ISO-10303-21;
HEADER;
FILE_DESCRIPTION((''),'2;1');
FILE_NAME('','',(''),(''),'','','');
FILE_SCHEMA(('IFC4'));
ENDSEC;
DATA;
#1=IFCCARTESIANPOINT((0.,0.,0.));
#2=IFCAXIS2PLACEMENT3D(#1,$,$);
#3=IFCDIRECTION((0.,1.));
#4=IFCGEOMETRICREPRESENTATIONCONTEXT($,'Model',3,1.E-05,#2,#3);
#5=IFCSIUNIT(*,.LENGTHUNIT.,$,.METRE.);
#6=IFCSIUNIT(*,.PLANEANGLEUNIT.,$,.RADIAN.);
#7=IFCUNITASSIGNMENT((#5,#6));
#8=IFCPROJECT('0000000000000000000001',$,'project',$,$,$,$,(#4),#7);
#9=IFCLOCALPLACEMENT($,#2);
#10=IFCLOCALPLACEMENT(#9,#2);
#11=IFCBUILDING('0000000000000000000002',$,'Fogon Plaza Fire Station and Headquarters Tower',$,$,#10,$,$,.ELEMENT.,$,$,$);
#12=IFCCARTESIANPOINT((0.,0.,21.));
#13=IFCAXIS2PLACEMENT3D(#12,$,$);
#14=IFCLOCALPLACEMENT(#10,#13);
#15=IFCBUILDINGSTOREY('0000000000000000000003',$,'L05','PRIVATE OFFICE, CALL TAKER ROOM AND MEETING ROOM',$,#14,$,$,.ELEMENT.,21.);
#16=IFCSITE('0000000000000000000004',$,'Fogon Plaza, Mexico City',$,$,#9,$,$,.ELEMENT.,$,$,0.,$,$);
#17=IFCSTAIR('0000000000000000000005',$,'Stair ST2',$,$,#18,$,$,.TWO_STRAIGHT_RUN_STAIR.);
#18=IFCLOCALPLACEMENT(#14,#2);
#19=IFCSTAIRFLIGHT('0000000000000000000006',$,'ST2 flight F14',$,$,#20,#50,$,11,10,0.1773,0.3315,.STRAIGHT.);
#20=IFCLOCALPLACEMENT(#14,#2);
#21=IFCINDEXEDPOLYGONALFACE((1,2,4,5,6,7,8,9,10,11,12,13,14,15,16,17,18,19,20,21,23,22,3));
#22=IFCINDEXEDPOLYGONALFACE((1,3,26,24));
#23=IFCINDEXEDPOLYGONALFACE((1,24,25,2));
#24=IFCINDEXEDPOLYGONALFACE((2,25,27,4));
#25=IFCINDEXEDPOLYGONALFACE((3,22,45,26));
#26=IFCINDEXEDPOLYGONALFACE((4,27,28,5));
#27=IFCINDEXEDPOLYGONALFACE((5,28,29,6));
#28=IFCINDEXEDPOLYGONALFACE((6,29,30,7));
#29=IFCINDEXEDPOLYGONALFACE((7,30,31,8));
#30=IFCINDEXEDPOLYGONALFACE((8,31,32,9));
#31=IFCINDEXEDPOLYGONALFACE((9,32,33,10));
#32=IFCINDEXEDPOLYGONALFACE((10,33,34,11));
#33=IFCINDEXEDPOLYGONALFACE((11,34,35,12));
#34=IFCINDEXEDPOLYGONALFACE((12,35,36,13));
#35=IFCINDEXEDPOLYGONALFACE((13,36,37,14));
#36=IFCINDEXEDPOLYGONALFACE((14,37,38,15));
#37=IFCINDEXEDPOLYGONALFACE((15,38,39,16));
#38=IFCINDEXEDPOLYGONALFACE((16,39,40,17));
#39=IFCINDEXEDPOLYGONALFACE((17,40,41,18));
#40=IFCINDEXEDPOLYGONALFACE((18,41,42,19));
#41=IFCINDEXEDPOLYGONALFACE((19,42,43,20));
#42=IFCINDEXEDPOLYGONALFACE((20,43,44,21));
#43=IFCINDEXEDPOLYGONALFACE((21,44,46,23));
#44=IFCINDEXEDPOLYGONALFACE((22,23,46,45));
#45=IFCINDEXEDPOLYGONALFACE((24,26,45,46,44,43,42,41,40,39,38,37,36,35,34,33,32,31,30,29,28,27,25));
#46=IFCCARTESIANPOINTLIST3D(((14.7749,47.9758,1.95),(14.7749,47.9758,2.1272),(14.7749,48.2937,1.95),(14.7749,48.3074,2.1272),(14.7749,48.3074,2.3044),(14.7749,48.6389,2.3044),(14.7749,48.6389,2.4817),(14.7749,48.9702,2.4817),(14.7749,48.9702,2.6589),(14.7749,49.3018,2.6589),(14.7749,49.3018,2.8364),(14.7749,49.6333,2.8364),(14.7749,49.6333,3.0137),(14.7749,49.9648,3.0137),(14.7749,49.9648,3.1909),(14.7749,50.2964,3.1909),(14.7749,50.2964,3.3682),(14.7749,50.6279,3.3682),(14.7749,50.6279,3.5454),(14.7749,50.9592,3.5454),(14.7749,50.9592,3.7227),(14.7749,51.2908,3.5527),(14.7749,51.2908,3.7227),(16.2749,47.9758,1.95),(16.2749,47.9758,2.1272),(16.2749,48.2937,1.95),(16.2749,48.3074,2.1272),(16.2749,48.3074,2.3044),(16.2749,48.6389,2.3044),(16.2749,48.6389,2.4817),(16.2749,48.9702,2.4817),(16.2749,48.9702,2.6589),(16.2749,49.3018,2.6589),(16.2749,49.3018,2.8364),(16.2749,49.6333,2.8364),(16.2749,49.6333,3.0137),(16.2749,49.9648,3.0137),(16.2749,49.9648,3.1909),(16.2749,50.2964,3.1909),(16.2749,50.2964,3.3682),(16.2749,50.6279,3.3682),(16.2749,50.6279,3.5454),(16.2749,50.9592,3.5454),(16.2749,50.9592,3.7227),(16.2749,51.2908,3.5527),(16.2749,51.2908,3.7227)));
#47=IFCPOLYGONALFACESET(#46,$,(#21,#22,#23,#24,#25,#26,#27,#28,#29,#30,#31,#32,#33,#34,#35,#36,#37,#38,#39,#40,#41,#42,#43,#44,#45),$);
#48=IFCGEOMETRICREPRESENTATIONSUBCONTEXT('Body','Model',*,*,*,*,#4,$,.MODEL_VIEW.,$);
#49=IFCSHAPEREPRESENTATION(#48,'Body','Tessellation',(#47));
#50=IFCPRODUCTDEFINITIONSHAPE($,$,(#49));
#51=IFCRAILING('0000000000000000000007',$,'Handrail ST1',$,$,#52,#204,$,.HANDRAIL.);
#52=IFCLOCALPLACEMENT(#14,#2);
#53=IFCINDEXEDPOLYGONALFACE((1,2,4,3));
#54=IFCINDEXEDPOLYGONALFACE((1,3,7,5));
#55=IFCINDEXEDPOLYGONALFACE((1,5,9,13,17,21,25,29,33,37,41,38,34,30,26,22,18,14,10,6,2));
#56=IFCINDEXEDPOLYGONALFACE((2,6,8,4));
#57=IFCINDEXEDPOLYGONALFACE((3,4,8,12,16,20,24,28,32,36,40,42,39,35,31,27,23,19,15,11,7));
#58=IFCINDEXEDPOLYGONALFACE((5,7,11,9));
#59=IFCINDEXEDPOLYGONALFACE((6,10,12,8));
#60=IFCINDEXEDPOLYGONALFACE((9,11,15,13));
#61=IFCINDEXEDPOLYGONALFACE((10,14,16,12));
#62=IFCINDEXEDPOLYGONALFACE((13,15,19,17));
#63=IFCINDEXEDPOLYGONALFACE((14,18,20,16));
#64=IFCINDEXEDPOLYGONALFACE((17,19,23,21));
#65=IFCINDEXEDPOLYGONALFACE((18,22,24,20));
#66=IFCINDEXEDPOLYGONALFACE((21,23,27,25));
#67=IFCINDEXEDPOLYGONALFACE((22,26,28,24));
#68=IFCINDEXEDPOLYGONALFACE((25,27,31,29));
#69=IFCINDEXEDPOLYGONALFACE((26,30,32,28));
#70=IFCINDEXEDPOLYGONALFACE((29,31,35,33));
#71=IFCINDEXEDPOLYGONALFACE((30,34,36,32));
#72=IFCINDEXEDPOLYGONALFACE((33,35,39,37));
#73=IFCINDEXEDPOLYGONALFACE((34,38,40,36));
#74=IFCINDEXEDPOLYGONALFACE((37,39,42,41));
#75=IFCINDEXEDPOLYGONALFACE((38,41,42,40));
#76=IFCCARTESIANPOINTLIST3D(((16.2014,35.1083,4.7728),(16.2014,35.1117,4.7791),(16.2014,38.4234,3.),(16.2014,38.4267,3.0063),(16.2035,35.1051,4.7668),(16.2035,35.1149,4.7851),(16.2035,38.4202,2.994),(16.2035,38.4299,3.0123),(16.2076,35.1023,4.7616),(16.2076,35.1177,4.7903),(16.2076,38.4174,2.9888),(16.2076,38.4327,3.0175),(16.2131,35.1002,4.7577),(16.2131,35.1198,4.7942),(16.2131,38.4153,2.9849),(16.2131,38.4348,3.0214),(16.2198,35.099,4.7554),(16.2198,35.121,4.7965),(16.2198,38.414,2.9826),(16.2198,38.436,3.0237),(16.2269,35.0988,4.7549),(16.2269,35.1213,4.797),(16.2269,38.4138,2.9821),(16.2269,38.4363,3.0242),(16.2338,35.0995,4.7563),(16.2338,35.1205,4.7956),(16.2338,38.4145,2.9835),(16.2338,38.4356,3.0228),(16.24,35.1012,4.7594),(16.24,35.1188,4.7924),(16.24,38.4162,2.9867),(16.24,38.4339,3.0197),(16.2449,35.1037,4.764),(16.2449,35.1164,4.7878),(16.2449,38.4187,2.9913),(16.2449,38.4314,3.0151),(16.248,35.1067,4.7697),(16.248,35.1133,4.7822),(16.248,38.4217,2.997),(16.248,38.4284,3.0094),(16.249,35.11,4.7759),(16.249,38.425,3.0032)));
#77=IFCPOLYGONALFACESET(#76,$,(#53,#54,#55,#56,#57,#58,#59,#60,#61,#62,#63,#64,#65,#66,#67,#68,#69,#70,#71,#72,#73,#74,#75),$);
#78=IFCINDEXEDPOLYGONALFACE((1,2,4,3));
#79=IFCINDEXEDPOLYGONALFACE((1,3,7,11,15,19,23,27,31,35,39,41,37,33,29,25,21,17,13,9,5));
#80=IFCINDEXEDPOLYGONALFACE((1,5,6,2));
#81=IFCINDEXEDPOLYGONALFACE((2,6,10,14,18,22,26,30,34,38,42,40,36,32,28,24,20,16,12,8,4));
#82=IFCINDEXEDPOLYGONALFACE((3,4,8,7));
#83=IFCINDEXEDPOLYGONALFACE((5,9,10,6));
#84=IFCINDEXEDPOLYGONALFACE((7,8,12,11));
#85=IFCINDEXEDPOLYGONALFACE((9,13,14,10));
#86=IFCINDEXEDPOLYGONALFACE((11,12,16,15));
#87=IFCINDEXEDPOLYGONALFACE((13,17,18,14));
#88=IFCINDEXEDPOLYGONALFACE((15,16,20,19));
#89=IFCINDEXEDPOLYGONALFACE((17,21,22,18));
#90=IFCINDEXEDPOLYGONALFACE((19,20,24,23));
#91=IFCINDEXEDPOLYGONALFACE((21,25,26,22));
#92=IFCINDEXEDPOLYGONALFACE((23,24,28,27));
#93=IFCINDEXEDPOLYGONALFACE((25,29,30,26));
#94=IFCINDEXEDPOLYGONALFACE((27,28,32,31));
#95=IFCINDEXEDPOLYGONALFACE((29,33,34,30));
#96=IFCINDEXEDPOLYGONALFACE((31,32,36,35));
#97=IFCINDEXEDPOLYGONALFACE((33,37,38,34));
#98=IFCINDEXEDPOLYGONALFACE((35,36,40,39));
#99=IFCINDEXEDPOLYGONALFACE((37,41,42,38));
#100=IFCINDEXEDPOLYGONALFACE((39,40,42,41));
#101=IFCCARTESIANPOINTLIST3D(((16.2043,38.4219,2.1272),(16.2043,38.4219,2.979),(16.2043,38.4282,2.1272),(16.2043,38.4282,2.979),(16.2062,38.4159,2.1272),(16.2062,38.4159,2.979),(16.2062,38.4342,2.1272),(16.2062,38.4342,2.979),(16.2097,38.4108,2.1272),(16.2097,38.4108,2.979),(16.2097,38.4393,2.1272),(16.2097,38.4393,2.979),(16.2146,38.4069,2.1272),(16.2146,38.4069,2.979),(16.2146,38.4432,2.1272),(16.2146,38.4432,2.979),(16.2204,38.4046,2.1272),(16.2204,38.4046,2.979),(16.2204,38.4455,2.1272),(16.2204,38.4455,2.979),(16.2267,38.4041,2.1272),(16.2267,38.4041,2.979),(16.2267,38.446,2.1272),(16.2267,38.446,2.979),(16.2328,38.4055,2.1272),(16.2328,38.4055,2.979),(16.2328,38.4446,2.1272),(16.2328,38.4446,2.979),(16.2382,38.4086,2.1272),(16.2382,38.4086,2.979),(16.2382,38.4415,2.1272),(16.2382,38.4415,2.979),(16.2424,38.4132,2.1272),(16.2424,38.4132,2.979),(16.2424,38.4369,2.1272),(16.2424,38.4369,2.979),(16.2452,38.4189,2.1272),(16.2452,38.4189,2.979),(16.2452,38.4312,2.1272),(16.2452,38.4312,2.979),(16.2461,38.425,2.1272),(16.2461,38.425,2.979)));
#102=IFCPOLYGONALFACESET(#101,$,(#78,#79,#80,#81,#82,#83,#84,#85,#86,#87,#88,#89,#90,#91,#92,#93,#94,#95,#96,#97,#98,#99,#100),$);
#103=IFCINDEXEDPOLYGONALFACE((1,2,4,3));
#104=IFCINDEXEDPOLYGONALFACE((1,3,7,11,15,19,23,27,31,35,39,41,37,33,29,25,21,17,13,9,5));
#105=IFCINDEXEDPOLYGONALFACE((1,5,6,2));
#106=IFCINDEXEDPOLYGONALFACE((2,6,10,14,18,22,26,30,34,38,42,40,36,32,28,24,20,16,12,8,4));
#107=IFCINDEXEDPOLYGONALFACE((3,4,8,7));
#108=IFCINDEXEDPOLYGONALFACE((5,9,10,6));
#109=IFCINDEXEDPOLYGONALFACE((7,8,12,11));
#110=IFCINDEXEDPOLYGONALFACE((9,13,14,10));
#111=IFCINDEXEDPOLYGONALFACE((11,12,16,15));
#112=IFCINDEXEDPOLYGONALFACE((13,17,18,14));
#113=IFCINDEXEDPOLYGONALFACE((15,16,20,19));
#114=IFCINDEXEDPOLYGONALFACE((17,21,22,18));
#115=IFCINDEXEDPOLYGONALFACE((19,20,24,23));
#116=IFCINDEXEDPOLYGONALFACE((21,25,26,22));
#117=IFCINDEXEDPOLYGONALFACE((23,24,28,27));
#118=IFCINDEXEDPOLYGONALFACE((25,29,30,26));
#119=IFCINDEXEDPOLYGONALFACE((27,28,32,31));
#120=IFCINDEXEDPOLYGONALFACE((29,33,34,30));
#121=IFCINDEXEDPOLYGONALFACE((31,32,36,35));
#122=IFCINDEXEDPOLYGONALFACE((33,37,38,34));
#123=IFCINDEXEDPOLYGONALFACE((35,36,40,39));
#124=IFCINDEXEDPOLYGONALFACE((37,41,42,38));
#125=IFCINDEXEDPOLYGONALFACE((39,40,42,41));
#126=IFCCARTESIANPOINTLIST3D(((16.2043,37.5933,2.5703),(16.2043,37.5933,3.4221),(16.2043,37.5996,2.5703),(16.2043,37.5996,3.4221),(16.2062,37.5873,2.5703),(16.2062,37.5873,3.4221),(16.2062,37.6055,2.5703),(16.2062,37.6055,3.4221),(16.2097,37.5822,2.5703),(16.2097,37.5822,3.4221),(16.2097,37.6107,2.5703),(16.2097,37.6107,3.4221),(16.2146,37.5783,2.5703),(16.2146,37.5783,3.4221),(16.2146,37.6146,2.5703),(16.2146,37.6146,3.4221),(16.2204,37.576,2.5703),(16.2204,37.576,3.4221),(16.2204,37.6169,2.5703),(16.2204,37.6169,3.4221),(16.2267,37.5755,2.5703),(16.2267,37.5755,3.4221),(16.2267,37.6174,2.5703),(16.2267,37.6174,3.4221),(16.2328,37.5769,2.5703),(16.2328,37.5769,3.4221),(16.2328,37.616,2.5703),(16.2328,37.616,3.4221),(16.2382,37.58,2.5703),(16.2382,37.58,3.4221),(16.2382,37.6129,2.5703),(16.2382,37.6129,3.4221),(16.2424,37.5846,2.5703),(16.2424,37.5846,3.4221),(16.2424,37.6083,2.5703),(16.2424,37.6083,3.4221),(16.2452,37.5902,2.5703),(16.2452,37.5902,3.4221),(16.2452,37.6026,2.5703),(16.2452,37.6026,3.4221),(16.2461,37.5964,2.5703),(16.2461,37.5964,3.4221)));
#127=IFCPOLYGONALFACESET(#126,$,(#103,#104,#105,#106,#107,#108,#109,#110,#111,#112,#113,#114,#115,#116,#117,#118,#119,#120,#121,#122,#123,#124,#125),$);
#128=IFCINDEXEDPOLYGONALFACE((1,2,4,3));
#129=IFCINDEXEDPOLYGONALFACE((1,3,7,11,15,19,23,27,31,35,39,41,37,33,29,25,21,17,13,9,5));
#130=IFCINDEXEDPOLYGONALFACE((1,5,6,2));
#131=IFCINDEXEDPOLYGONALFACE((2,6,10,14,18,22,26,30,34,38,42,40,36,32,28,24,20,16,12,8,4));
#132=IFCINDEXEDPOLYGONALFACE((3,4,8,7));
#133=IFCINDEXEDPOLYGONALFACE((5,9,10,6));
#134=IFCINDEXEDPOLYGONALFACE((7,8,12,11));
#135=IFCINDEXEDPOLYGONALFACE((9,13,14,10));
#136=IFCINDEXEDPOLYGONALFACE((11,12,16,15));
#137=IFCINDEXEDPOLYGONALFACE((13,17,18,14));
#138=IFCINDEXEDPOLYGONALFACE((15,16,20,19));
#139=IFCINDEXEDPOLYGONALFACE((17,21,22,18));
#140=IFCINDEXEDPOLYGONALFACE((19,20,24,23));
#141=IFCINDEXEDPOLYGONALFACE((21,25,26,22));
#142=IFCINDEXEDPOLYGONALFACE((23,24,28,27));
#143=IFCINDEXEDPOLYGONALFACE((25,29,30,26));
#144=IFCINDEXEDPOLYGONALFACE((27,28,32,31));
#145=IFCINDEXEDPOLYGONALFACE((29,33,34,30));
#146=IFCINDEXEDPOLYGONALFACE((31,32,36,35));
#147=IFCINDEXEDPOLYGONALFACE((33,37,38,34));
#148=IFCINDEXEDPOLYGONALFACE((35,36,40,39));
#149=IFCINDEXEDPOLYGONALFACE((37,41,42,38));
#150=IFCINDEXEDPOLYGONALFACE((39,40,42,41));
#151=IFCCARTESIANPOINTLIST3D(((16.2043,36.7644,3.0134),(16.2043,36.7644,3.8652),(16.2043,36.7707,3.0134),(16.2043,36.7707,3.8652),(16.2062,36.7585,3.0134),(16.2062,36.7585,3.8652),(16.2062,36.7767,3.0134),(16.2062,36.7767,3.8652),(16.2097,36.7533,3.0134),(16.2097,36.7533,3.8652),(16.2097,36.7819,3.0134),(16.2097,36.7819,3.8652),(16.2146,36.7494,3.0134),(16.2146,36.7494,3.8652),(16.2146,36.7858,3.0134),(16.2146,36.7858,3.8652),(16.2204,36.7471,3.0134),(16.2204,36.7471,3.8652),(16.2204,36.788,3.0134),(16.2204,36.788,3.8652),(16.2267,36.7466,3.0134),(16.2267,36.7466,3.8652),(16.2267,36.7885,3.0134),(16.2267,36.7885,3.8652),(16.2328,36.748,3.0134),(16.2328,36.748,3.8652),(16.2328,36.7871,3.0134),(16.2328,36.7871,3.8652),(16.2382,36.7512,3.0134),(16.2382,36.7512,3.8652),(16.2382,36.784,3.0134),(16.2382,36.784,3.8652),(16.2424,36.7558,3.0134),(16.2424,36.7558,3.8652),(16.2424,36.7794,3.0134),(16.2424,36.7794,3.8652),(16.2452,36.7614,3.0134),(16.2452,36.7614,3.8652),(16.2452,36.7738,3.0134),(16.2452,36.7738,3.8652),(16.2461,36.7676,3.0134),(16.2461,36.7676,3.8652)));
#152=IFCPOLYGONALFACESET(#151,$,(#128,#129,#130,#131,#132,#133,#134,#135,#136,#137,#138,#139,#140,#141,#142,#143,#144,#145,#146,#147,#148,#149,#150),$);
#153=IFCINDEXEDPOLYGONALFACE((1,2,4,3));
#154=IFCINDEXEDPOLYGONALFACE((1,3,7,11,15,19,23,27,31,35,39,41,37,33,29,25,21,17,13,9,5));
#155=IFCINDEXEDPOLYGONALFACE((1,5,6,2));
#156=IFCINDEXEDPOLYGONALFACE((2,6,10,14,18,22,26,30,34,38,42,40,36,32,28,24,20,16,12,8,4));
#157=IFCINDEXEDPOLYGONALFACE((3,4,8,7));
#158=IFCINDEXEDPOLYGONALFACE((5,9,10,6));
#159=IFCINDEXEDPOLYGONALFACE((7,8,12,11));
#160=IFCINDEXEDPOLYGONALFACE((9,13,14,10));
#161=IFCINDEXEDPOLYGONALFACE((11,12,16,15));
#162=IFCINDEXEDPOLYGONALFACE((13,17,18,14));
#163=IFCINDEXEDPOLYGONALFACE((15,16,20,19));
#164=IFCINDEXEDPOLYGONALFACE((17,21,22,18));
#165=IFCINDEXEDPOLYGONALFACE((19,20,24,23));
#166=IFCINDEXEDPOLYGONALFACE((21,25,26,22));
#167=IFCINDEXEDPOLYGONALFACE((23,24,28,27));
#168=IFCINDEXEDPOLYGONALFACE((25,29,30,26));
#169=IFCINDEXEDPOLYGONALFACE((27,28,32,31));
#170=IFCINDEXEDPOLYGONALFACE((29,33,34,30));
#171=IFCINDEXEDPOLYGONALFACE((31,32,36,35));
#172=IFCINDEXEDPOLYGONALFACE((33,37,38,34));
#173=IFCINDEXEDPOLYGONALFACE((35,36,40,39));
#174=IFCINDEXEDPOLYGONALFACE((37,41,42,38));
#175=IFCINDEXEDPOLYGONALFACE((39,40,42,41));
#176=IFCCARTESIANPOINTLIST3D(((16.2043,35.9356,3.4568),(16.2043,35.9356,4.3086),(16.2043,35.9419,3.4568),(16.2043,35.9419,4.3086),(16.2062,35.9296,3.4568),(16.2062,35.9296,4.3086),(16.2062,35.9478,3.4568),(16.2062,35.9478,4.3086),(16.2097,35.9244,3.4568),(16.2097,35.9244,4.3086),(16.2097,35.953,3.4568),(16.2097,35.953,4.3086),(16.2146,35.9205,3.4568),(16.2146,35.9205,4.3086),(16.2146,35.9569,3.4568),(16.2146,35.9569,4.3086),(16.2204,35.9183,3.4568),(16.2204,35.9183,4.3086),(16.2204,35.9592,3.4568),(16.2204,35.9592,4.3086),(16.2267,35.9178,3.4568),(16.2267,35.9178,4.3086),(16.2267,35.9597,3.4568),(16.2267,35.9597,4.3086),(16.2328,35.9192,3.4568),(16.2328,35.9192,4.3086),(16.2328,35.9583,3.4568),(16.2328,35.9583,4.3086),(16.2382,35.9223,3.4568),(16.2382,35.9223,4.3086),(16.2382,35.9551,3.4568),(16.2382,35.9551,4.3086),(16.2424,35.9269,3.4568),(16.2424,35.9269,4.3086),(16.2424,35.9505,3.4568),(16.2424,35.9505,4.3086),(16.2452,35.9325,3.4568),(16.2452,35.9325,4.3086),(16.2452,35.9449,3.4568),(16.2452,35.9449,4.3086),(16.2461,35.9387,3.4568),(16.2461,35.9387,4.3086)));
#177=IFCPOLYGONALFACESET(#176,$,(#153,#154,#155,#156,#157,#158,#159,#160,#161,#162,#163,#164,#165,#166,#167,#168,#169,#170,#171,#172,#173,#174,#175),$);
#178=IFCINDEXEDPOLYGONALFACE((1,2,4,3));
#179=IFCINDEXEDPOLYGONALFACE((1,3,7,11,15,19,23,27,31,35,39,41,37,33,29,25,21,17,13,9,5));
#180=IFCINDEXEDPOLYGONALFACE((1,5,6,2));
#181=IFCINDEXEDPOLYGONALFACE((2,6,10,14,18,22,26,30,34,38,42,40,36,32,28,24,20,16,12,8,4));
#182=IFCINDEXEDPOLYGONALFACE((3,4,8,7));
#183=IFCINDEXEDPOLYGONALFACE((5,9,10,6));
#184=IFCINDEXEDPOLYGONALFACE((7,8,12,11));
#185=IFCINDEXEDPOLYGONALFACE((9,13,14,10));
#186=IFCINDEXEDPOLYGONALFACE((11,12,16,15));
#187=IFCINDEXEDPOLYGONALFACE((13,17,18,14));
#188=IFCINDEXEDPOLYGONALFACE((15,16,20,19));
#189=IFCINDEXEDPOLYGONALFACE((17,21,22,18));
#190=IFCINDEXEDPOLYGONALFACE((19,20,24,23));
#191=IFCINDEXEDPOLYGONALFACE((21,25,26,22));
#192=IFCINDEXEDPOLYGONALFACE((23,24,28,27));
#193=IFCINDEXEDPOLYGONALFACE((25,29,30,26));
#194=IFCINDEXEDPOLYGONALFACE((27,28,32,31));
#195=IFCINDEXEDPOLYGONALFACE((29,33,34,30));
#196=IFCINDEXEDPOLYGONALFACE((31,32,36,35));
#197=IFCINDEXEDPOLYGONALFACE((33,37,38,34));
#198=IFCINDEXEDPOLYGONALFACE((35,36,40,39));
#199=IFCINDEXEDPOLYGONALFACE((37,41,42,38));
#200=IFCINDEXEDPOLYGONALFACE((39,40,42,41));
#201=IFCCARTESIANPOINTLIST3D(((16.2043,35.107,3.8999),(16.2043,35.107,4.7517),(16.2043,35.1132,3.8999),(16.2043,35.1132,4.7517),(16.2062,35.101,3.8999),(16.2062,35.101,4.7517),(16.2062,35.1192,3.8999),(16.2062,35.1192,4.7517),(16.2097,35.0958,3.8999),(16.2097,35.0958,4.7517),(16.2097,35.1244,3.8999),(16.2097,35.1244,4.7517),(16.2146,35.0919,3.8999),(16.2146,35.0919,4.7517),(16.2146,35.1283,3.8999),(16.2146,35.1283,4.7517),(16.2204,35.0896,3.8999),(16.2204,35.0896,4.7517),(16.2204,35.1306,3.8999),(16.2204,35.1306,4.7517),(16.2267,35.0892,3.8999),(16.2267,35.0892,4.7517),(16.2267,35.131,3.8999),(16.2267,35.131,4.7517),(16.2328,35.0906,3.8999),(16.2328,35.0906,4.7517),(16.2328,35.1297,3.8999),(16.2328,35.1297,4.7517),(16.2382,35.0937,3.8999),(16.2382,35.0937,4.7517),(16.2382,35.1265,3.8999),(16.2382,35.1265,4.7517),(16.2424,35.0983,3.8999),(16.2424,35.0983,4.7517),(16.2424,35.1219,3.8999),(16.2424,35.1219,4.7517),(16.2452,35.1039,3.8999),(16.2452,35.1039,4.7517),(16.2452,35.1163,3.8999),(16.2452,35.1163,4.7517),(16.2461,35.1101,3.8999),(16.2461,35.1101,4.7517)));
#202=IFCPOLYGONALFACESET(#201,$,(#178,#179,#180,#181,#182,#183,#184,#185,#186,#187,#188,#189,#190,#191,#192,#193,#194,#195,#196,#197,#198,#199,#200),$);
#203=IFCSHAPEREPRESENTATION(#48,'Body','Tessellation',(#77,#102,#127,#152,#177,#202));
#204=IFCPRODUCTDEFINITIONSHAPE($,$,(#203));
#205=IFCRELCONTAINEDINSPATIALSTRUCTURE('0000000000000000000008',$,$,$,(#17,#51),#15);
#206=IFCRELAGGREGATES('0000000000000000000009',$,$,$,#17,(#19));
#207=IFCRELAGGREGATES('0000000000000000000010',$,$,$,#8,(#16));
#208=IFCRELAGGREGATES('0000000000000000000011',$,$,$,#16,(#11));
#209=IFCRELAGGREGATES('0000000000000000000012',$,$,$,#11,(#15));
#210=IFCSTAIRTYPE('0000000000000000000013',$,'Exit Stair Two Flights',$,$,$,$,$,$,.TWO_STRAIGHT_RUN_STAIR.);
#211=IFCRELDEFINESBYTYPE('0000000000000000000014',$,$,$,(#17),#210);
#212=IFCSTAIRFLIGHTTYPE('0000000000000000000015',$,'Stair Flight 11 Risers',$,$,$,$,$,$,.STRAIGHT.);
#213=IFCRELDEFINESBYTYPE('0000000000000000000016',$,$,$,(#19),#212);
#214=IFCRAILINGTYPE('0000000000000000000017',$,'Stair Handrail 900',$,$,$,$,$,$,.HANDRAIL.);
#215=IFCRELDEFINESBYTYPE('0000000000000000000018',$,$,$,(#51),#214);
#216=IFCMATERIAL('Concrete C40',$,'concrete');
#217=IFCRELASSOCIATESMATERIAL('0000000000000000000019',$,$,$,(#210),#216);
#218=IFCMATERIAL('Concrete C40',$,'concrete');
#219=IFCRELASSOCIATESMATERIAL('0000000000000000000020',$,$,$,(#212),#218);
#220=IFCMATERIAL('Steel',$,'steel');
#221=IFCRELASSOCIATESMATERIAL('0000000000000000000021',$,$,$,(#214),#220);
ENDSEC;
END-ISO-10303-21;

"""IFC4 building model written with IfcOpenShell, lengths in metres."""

from ifc_helpers import new_model, si_unit, direction, frame, origin, origin_2d, place, context, subcontext, project, spatial, polyline, circle, outline, extrude, material, type_object, element, aggregate, save


model = new_model("IFC4")

# Units and contexts
model_context = context("Model", 3, precision=1e-05, world=origin(), true_north=direction((0.0, 1.0)))
body_context = subcontext(model_context, "Body", "Model", "MODEL_VIEW")
ifc_project = project(units=[si_unit("LENGTHUNIT", "METRE"), si_unit("PLANEANGLEUNIT", "RADIAN")], contexts=[model_context])

# Site, building, storey
site_placement = place(None, origin())
site = spatial("IfcSite", under=ifc_project, at=site_placement, Name="Fogon Plaza, Mexico City", CompositionType="ELEMENT", RefElevation=0.0)
building_placement = place(site_placement, origin())
building = spatial("IfcBuilding", under=site, at=building_placement, Name="Fogon Plaza Fire Station and Headquarters Tower", CompositionType="ELEMENT")
storey_placement = place(building_placement, frame((0.0, 0.0, 21.0)))
storey = spatial("IfcBuildingStorey", under=building, at=storey_placement, Name="L05", Description="PRIVATE OFFICE, CALL TAKER ROOM AND MEETING ROOM", CompositionType="ELEMENT", Elevation=21.0)

# Stair, stair flight
ifc_material_1 = material(Name="Concrete C40", Category="concrete")
stair_type = type_object("IfcStairType", Name="Exit Stair Two Flights", PredefinedType="TWO_STRAIGHT_RUN_STAIR", material=ifc_material_1)
ifc_material_2 = material(Name="Concrete C40", Category="concrete")
stair_flight_type = type_object("IfcStairFlightType", Name="Stair Flight 11 Risers", PredefinedType="STRAIGHT", material=ifc_material_2)
stair_1_placement = place(storey_placement, origin())
stair_1 = element("IfcStair", 1, at=stair_1_placement, inside=storey, type_object=stair_type, Name="Stair ST2", PredefinedType="TWO_STRAIGHT_RUN_STAIR")
stair_flight_1_placement = place(storey_placement, frame((15.5249, 47.9758, 1.95), z_axis=(0.0, 0.0, 1.0), x_axis=(0.0, 1.0, 0.0)))
stair_flight_1 = element("IfcStairFlight", 2, at=stair_flight_1_placement, type_object=stair_flight_type, Name="ST2 flight F14", NumberOfRisers=11, NumberOfTreads=10, PredefinedType="STRAIGHT", RiserHeight=0.1773, TreadLength=0.3315, context=body_context, shape_type="SweptSolid", body=[
    extrude(outline(polyline([(0.0, 0.0), (0.0, 0.1772), (0.3315, 0.1772), (0.3315, 0.3545), (0.6631, 0.3545), (0.6631, 0.5317), (0.9944, 0.5317), (0.9944, 0.709), (1.3259, 0.709), (1.3259, 0.8865), (1.6575, 0.8865), (1.6575, 1.0637), (1.989, 1.0637), (1.989, 1.241), (2.3206, 1.241), (2.3206, 1.4182), (2.6521, 1.4182), (2.6521, 1.5955), (2.9834, 1.5955), (2.9834, 1.7727), (3.3149, 1.7727), (3.3149, 1.95), (3.3149, 1.6028), (0.3179, 0.0), (0.0, 0.0)])), frame((0.0, 0.75, 0.0), z_axis=(0.0, -1.0, 0.0), x_axis=(1.0, 0.0, 0.0)), (0.0, 0.0, 1.0), 1.5),
])
aggregate(stair_1, [stair_flight_1])

# Railing
ifc_material_3 = material(Name="Steel", Category="steel")
railing_type = type_object("IfcRailingType", Name="Stair Handrail 900", PredefinedType="HANDRAIL", material=ifc_material_3)
for number, where, name in (
    (3, (16.2251, 38.425, 2.1272), "Handrail ST1"),
):
    element("IfcRailing", number, at=place(storey_placement, frame(where)), inside=storey, type_object=railing_type, Name=name, PredefinedType="HANDRAIL", context=body_context, shape_type="SweptSolid", body=[
        extrude(circle(Radius=0.0239, at=origin_2d()), frame((0.0, 0.0, 0.876), z_axis=(0.0, -0.881829, 0.471569), x_axis=(1.0, 0.0, 0.0)), (0.0, 0.0, 1.0), 3.7593),
        extrude(circle(Radius=0.021, at=origin_2d()), origin(), (0.0, 0.0, 1.0), 0.8518),
        extrude(circle(Radius=0.021, at=origin_2d()), frame((0.0, -0.8286, 0.4431)), (0.0, 0.0, 1.0), 0.8518),
        extrude(circle(Radius=0.021, at=origin_2d()), frame((0.0, -1.6575, 0.8862)), (0.0, 0.0, 1.0), 0.8518),
        extrude(circle(Radius=0.021, at=origin_2d()), frame((0.0, -2.4863, 1.3296)), (0.0, 0.0, 1.0), 0.8518),
        extrude(circle(Radius=0.021, at=origin_2d()), frame((0.0, -3.3149, 1.7727)), (0.0, 0.0, 1.0), 0.8518),
    ])

save(model, "model.ifc")
